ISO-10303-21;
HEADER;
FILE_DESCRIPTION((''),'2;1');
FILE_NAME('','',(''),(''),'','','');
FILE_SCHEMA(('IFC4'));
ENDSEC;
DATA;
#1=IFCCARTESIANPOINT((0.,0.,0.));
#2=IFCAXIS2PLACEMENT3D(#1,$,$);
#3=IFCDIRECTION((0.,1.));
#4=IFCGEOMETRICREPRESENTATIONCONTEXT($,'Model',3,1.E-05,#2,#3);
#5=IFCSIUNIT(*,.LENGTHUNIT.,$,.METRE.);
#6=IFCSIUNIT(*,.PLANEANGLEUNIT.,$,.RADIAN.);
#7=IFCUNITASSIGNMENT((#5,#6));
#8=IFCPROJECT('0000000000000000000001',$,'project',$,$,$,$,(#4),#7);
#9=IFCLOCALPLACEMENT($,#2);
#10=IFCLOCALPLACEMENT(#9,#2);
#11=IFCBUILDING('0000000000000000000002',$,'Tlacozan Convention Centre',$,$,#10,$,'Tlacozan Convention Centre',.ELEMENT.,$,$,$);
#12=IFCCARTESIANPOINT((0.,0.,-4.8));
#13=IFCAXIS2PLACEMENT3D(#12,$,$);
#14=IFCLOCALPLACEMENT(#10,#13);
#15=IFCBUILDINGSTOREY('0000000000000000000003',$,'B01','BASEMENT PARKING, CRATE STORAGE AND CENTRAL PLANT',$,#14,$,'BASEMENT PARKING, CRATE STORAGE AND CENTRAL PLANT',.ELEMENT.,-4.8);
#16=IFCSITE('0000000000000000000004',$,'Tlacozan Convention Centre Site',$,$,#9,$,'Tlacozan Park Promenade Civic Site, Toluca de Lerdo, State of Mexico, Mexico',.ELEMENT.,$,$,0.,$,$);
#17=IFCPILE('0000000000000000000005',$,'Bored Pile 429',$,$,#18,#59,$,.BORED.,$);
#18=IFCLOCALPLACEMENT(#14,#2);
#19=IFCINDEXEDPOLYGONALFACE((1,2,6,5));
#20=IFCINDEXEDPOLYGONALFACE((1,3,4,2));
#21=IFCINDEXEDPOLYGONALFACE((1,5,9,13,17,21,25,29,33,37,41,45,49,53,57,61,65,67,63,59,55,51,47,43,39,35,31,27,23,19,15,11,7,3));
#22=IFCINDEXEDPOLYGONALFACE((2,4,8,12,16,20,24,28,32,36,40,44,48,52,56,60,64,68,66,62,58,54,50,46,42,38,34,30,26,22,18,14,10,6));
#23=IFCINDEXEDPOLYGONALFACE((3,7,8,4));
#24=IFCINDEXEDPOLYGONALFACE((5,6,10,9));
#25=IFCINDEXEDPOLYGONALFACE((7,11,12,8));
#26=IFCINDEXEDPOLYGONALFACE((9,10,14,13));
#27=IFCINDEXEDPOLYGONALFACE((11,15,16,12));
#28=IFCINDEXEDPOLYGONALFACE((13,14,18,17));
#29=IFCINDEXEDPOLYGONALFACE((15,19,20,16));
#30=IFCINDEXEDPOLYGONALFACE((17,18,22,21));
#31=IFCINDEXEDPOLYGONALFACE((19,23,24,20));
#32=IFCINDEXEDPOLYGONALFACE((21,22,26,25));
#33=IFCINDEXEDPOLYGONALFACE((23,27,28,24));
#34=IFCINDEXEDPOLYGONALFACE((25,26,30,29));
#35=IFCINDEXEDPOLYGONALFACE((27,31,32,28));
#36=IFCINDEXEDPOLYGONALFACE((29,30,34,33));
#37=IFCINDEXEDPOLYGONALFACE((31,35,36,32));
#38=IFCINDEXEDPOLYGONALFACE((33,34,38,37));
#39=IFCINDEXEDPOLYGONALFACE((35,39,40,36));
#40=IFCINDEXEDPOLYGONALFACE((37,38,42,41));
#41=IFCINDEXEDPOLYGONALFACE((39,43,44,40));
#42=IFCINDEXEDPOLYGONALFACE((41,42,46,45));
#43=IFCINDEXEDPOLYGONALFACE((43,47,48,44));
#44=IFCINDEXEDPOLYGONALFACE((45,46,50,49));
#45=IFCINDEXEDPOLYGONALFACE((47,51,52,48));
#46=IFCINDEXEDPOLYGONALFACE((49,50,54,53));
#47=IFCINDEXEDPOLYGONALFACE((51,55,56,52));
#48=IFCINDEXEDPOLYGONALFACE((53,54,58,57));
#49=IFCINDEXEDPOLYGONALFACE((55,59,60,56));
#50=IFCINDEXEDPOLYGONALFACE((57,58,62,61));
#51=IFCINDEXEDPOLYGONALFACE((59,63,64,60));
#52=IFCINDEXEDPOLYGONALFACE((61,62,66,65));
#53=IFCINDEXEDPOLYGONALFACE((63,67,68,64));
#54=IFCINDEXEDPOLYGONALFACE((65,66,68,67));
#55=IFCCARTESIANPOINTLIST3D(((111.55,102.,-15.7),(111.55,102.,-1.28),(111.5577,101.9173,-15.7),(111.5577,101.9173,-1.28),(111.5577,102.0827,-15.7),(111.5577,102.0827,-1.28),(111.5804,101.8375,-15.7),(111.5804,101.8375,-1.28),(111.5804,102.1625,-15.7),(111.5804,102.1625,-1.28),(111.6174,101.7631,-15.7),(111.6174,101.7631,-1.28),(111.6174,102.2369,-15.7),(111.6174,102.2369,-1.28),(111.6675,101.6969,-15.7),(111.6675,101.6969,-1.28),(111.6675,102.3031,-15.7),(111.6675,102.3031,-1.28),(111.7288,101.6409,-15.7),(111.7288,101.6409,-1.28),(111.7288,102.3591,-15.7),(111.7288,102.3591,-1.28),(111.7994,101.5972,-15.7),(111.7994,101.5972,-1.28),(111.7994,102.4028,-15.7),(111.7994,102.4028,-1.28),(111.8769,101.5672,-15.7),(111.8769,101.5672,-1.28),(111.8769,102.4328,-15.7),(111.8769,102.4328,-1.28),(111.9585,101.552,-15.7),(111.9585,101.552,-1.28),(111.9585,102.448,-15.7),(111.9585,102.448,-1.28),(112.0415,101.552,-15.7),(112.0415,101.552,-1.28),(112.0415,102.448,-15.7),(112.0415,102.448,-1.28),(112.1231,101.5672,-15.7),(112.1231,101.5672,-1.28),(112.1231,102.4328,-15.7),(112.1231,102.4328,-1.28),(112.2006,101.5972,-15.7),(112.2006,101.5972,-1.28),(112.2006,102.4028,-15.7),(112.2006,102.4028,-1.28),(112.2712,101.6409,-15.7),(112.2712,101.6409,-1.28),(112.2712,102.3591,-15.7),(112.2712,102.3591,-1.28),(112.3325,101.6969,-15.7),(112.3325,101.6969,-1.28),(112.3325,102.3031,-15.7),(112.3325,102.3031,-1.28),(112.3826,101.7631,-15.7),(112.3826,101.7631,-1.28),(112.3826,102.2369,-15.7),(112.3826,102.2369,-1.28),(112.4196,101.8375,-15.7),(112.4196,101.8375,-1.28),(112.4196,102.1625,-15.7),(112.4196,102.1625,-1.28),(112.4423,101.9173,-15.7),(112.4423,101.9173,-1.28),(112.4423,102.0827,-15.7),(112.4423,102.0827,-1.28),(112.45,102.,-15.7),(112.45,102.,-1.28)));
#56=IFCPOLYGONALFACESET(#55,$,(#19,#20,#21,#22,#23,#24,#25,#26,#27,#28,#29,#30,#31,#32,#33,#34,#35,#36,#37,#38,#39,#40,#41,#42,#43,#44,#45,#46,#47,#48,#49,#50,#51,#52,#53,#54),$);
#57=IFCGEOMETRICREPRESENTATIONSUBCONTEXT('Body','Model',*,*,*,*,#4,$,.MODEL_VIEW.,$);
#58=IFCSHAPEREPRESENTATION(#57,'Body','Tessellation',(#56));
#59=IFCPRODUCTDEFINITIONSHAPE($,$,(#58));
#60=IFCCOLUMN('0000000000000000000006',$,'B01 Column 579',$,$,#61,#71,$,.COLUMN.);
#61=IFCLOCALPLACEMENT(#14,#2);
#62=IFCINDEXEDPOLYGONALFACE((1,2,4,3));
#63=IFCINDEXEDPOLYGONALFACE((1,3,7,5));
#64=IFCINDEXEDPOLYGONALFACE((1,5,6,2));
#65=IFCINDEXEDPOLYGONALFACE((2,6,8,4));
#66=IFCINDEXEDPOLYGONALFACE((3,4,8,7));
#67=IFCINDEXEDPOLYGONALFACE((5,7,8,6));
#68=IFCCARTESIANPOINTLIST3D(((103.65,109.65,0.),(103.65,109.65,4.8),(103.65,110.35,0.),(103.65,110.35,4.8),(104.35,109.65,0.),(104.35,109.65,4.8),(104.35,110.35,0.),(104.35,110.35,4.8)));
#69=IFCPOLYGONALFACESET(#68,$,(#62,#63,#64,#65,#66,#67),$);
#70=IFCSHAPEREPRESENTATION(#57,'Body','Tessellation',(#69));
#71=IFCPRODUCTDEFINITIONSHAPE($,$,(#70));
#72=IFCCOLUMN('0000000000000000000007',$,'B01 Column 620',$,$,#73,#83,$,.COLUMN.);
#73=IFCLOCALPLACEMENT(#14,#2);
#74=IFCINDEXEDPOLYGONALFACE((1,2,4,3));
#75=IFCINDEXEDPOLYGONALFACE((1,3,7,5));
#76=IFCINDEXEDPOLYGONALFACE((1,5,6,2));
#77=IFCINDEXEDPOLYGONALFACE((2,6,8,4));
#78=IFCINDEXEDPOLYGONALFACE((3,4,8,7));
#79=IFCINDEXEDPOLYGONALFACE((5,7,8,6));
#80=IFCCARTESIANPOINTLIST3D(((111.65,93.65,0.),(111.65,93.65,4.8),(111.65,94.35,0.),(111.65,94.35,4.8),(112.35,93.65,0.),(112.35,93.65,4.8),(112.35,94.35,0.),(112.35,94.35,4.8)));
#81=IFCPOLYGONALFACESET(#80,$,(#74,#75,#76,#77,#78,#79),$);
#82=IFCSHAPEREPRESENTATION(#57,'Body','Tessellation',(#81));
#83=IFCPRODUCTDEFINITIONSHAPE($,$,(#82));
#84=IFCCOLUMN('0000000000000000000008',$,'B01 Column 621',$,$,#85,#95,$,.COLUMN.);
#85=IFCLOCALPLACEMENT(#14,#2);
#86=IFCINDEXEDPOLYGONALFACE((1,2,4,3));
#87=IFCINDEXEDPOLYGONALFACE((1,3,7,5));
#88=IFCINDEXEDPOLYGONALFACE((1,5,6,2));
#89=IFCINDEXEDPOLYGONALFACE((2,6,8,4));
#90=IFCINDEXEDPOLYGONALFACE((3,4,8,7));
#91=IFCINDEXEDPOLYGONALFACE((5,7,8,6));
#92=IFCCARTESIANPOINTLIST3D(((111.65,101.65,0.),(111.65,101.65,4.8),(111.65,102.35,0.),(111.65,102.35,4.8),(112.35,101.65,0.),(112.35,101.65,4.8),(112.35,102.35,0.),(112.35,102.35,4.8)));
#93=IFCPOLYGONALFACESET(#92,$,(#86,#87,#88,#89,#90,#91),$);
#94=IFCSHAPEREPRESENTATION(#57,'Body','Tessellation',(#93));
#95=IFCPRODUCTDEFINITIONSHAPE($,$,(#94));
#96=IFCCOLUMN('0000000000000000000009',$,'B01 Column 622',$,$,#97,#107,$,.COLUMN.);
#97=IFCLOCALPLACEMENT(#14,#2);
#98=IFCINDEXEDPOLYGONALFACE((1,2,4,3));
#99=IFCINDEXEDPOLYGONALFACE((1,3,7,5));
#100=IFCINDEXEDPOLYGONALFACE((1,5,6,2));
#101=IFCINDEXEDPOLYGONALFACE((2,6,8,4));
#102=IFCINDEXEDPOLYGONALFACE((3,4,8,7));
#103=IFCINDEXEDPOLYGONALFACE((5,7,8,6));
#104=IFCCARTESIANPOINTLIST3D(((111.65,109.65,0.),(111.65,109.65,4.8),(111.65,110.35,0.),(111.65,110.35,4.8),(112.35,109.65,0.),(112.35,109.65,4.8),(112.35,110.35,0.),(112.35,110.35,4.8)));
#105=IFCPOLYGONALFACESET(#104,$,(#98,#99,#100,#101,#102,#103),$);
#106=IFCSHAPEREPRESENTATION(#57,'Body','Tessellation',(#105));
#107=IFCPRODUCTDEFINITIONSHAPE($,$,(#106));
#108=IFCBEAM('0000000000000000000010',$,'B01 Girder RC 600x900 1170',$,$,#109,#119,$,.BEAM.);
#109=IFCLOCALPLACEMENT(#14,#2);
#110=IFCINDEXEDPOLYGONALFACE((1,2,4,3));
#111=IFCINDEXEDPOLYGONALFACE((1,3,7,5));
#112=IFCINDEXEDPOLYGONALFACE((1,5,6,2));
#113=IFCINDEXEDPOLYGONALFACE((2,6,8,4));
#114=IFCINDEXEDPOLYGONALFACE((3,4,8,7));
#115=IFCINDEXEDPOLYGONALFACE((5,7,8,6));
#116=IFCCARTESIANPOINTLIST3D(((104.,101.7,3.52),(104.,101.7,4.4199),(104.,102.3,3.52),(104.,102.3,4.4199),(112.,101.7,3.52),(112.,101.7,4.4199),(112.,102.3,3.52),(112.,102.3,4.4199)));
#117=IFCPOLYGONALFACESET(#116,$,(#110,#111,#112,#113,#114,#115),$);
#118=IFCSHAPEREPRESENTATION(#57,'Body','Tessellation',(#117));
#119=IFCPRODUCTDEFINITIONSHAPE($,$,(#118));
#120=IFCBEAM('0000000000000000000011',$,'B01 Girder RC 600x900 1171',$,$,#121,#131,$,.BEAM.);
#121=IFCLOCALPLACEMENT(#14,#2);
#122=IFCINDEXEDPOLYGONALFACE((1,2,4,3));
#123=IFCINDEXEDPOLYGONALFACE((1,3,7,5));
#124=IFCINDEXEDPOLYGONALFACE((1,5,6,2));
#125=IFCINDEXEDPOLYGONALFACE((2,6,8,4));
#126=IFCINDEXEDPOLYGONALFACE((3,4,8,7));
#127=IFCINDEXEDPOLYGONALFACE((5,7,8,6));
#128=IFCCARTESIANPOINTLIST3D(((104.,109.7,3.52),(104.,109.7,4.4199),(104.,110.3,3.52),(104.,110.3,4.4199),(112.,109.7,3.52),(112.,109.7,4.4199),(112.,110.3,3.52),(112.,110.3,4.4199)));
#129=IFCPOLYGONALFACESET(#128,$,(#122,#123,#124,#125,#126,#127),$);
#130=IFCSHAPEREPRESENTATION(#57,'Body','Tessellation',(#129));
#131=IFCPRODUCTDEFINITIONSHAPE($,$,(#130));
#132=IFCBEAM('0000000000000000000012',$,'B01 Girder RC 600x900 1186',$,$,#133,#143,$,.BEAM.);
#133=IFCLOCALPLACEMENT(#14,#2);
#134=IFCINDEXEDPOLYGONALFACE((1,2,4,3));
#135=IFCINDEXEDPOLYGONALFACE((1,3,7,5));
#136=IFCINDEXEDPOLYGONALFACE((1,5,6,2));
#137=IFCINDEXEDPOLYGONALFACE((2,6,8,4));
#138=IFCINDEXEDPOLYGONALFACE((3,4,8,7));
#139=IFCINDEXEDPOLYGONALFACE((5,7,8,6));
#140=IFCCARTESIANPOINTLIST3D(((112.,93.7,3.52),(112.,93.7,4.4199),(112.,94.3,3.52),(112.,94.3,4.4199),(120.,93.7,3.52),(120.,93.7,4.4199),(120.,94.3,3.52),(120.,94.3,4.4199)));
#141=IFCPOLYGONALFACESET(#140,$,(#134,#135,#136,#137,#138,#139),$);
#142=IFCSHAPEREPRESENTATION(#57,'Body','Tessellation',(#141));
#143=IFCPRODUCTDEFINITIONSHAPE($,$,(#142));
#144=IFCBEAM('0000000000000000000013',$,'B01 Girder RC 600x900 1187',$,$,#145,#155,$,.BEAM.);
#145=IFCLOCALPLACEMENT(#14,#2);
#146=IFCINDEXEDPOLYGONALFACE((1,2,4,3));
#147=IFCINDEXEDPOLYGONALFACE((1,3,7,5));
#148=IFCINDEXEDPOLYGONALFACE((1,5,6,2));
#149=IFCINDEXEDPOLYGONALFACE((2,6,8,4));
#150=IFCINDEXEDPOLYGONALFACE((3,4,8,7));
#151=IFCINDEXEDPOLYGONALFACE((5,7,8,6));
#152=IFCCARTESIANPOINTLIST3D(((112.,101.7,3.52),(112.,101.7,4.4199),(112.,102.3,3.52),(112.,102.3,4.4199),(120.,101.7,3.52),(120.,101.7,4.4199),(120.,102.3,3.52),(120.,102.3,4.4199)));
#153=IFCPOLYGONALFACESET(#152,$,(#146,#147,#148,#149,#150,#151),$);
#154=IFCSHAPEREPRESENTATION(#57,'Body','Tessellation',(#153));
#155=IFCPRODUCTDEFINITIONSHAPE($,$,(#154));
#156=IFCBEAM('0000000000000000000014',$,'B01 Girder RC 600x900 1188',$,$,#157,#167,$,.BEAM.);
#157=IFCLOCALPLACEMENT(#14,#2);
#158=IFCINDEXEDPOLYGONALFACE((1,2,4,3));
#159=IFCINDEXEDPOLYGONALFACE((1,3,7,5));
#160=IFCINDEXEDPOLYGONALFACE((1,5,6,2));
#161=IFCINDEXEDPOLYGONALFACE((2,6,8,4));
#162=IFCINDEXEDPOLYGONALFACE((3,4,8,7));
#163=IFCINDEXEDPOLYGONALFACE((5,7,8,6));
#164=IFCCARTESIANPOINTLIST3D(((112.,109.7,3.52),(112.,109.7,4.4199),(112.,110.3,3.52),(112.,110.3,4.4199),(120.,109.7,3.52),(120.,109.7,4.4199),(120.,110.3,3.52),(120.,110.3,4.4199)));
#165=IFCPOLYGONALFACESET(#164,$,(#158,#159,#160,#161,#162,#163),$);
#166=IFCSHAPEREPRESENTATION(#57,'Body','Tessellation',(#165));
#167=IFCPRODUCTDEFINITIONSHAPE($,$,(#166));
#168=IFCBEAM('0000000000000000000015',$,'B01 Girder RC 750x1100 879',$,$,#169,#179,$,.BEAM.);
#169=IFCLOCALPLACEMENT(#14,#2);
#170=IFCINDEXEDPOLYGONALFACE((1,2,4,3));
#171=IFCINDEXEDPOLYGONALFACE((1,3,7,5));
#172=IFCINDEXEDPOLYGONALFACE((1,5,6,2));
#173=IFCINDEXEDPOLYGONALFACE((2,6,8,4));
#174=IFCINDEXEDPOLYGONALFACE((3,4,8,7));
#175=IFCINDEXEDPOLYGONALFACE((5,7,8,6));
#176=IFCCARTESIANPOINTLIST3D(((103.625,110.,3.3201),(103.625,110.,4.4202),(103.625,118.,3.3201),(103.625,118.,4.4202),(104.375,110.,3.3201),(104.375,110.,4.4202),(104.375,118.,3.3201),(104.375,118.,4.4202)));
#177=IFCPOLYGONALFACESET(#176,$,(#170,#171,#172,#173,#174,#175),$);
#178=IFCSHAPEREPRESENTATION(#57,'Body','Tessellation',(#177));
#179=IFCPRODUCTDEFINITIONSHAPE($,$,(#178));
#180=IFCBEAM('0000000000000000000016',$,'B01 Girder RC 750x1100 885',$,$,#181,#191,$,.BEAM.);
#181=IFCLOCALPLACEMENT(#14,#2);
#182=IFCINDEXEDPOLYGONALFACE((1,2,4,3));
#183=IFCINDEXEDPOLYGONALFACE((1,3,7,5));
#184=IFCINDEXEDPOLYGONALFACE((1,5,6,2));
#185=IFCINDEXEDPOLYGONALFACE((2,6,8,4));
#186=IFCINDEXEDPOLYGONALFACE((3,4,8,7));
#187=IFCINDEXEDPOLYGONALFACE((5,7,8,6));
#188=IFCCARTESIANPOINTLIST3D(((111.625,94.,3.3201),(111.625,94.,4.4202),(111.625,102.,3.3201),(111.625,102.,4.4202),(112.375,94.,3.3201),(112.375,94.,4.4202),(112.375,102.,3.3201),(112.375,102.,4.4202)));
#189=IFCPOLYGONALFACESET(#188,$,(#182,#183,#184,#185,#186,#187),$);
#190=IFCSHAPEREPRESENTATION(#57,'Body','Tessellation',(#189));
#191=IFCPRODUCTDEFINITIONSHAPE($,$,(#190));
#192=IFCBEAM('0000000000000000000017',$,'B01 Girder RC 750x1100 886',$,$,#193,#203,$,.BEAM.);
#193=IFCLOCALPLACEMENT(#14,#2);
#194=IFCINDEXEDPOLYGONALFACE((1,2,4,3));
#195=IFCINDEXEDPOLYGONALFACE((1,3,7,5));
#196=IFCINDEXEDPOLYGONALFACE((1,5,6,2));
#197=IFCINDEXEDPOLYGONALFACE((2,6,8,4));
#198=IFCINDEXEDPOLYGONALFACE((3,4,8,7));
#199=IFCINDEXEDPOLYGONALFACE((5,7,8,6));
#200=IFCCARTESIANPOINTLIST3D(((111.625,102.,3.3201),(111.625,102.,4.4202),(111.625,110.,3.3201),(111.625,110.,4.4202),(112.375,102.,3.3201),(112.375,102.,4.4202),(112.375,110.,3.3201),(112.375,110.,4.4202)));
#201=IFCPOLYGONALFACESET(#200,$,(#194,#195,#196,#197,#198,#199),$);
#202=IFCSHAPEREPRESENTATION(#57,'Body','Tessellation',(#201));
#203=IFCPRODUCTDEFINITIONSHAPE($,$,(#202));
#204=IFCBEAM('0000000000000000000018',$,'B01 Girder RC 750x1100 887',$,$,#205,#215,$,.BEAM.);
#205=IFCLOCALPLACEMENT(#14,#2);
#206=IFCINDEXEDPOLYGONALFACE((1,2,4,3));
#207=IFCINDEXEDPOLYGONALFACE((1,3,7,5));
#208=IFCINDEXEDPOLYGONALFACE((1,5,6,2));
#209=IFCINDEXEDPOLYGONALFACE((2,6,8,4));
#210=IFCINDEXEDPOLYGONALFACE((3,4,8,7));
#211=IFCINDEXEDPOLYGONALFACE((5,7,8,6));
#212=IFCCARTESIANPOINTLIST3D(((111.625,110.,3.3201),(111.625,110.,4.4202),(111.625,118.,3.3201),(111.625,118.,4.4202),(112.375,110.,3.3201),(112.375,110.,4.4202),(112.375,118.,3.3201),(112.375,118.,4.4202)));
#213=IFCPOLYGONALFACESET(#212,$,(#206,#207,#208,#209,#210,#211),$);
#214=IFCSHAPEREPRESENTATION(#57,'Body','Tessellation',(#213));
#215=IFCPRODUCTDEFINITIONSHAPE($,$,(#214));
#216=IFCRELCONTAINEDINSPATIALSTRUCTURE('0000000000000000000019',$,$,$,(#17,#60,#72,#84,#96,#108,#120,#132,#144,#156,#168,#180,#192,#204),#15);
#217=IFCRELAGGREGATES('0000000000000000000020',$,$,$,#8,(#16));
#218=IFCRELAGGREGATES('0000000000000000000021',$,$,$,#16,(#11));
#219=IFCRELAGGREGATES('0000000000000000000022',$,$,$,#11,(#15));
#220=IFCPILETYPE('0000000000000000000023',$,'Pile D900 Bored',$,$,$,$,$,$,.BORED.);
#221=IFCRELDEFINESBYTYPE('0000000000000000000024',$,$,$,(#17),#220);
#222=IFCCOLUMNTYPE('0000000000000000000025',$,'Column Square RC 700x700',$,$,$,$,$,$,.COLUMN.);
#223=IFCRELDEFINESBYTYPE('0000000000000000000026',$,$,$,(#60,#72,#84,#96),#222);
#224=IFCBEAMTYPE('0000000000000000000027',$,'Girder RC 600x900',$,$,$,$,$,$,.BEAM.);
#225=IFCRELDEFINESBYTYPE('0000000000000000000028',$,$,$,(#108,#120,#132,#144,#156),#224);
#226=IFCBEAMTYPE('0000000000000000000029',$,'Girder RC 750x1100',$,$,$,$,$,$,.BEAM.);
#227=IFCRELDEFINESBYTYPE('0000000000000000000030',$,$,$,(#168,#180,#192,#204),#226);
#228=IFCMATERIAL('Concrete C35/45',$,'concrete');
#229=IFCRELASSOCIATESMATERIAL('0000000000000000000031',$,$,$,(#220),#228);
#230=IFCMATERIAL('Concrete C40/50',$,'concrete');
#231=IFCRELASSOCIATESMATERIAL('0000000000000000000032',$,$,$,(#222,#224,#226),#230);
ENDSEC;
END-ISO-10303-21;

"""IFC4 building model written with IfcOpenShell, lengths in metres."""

from ifc_helpers import new_model, si_unit, direction, frame, origin, origin_2d, place, context, subcontext, project, spatial, rectangle, circle, extrude, material, material_profile, profile_set, type_object, element, save


model = new_model("IFC4")

# Units and contexts
model_context = context("Model", 3, precision=1e-05, world=origin(), true_north=direction((0.0, 1.0)))
body_context = subcontext(model_context, "Body", "Model", "MODEL_VIEW")
ifc_project = project(units=[si_unit("LENGTHUNIT", "METRE"), si_unit("PLANEANGLEUNIT", "RADIAN")], contexts=[model_context])

# Site, building, storey
site_placement = place(None, origin())
site = spatial("IfcSite", under=ifc_project, at=site_placement, Name="Tlacozan Convention Centre Site", LongName="Tlacozan Park Promenade Civic Site, Toluca de Lerdo, State of Mexico, Mexico", CompositionType="ELEMENT", RefElevation=0.0)
building_placement = place(site_placement, origin())
building = spatial("IfcBuilding", under=site, at=building_placement, Name="Tlacozan Convention Centre", LongName="Tlacozan Convention Centre", CompositionType="ELEMENT")
storey_placement = place(building_placement, frame((0.0, 0.0, -4.8)))
storey = spatial("IfcBuildingStorey", under=building, at=storey_placement, Name="B01", Description="BASEMENT PARKING, CRATE STORAGE AND CENTRAL PLANT", LongName="BASEMENT PARKING, CRATE STORAGE AND CENTRAL PLANT", CompositionType="ELEMENT", Elevation=-4.8)

# Shared definitions
ifc_material_1 = material(Name="Concrete C35/45", Category="concrete")

# Pile
ifc_material_profile_1 = material_profile(ifc_material_1, circle(Radius=0.45, at=origin_2d()), Name="PILE D900")
ifc_profile_set_1 = profile_set([ifc_material_profile_1], Name="Concrete C35/45")
pile_type_1 = type_object("IfcPileType", Name="Pile D900 Bored", PredefinedType="BORED", material=ifc_profile_set_1)
for number, where, z_axis, x_axis, name in (
    (1, (112.0, 102.0, -1.28), (0.0, 0.0, -1.0), (1.0, 0.0, 0.0), "Bored Pile 429"),
):
    element("IfcPile", number, at=place(storey_placement, frame(where, z_axis=z_axis, x_axis=x_axis)), inside=storey, type_object=pile_type_1, Name=name, PredefinedType="BORED", context=body_context, shape_type="SweptSolid", body=[
        extrude(circle(Radius=0.45, at=origin_2d()), origin(), (0.0, 0.0, 1.0), 14.4199),
    ])

# Columns
ifc_material_2 = material(Name="Concrete C40/50", Category="concrete")
ifc_material_profile_2 = material_profile(ifc_material_2, rectangle(XDim=0.7, YDim=0.7, at=origin_2d()), Name="RC 700x700")
ifc_profile_set_2 = profile_set([ifc_material_profile_2], Name="Concrete C40/50")
column_type = type_object("IfcColumnType", Name="Column Square RC 700x700", PredefinedType="COLUMN", material=ifc_profile_set_2)
for number, where, z_axis, x_axis, name in (
    (2, (104.0, 110.0, 0.0), (0.0, 0.0, 1.0), (1.0, 0.0, 0.0), "B01 Column 579"),
    (3, (112.0, 94.0, 0.0), (0.0, 0.0, 1.0), (1.0, 0.0, 0.0), "B01 Column 620"),
    (4, (112.0, 102.0, 0.0), (0.0, 0.0, 1.0), (1.0, 0.0, 0.0), "B01 Column 621"),
    (5, (112.0, 110.0, 0.0), (0.0, 0.0, 1.0), (1.0, 0.0, 0.0), "B01 Column 622"),
):
    element("IfcColumn", number, at=place(storey_placement, frame(where, z_axis=z_axis, x_axis=x_axis)), inside=storey, type_object=column_type, Name=name, PredefinedType="COLUMN", context=body_context, shape_type="SweptSolid", body=[
        extrude(rectangle(XDim=0.7, YDim=0.7, at=origin_2d()), origin(), (0.0, 0.0, 1.0), 4.8),
    ])

# Beams
ifc_material_profile_3 = material_profile(ifc_material_2, rectangle(XDim=0.6001, YDim=0.8999, at=origin_2d()), Name="RC 600x900")
ifc_profile_set_3 = profile_set([ifc_material_profile_3], Name="Concrete C40/50")
beam_type_1 = type_object("IfcBeamType", Name="Girder RC 600x900", PredefinedType="BEAM", material=ifc_profile_set_3)
for number, where, z_axis, x_axis, name in (
    (6, (104.0, 102.0, 3.97), (1.0, 0.0, 0.0), (0.0, 1.0, 0.0), "B01 Girder RC 600x900 1170"),
    (7, (104.0, 110.0, 3.97), (1.0, 0.0, 0.0), (0.0, 1.0, 0.0), "B01 Girder RC 600x900 1171"),
    (8, (112.0, 94.0, 3.97), (1.0, 0.0, 0.0), (0.0, 1.0, 0.0), "B01 Girder RC 600x900 1186"),
    (9, (112.0, 102.0, 3.97), (1.0, 0.0, 0.0), (0.0, 1.0, 0.0), "B01 Girder RC 600x900 1187"),
    (10, (112.0, 110.0, 3.97), (1.0, 0.0, 0.0), (0.0, 1.0, 0.0), "B01 Girder RC 600x900 1188"),
):
    element("IfcBeam", number, at=place(storey_placement, frame(where, z_axis=z_axis, x_axis=x_axis)), inside=storey, type_object=beam_type_1, Name=name, PredefinedType="BEAM", context=body_context, shape_type="SweptSolid", body=[
        extrude(rectangle(XDim=0.6001, YDim=0.8999, at=origin_2d()), origin(), (0.0, 0.0, 1.0), 8.0),
    ])
ifc_material_profile_4 = material_profile(ifc_material_2, rectangle(XDim=0.75, YDim=1.1001, at=origin_2d()), Name="RC 750x1100")
ifc_profile_set_4 = profile_set([ifc_material_profile_4], Name="Concrete C40/50")
beam_type_2 = type_object("IfcBeamType", Name="Girder RC 750x1100", PredefinedType="BEAM", material=ifc_profile_set_4)
for number, where, z_axis, x_axis, name in (
    (11, (104.0, 110.0, 3.8701), (0.0, 1.0, 0.0), (-1.0, 0.0, 0.0), "B01 Girder RC 750x1100 879"),
    (12, (112.0, 94.0, 3.8701), (0.0, 1.0, 0.0), (-1.0, 0.0, 0.0), "B01 Girder RC 750x1100 885"),
    (13, (112.0, 102.0, 3.8701), (0.0, 1.0, 0.0), (-1.0, 0.0, 0.0), "B01 Girder RC 750x1100 886"),
    (14, (112.0, 110.0, 3.8701), (0.0, 1.0, 0.0), (-1.0, 0.0, 0.0), "B01 Girder RC 750x1100 887"),
):
    element("IfcBeam", number, at=place(storey_placement, frame(where, z_axis=z_axis, x_axis=x_axis)), inside=storey, type_object=beam_type_2, Name=name, PredefinedType="BEAM", context=body_context, shape_type="SweptSolid", body=[
        extrude(rectangle(XDim=0.75, YDim=1.1001, at=origin_2d()), origin(), (0.0, 0.0, 1.0), 8.0),
    ])

save(model, "model.ifc")
